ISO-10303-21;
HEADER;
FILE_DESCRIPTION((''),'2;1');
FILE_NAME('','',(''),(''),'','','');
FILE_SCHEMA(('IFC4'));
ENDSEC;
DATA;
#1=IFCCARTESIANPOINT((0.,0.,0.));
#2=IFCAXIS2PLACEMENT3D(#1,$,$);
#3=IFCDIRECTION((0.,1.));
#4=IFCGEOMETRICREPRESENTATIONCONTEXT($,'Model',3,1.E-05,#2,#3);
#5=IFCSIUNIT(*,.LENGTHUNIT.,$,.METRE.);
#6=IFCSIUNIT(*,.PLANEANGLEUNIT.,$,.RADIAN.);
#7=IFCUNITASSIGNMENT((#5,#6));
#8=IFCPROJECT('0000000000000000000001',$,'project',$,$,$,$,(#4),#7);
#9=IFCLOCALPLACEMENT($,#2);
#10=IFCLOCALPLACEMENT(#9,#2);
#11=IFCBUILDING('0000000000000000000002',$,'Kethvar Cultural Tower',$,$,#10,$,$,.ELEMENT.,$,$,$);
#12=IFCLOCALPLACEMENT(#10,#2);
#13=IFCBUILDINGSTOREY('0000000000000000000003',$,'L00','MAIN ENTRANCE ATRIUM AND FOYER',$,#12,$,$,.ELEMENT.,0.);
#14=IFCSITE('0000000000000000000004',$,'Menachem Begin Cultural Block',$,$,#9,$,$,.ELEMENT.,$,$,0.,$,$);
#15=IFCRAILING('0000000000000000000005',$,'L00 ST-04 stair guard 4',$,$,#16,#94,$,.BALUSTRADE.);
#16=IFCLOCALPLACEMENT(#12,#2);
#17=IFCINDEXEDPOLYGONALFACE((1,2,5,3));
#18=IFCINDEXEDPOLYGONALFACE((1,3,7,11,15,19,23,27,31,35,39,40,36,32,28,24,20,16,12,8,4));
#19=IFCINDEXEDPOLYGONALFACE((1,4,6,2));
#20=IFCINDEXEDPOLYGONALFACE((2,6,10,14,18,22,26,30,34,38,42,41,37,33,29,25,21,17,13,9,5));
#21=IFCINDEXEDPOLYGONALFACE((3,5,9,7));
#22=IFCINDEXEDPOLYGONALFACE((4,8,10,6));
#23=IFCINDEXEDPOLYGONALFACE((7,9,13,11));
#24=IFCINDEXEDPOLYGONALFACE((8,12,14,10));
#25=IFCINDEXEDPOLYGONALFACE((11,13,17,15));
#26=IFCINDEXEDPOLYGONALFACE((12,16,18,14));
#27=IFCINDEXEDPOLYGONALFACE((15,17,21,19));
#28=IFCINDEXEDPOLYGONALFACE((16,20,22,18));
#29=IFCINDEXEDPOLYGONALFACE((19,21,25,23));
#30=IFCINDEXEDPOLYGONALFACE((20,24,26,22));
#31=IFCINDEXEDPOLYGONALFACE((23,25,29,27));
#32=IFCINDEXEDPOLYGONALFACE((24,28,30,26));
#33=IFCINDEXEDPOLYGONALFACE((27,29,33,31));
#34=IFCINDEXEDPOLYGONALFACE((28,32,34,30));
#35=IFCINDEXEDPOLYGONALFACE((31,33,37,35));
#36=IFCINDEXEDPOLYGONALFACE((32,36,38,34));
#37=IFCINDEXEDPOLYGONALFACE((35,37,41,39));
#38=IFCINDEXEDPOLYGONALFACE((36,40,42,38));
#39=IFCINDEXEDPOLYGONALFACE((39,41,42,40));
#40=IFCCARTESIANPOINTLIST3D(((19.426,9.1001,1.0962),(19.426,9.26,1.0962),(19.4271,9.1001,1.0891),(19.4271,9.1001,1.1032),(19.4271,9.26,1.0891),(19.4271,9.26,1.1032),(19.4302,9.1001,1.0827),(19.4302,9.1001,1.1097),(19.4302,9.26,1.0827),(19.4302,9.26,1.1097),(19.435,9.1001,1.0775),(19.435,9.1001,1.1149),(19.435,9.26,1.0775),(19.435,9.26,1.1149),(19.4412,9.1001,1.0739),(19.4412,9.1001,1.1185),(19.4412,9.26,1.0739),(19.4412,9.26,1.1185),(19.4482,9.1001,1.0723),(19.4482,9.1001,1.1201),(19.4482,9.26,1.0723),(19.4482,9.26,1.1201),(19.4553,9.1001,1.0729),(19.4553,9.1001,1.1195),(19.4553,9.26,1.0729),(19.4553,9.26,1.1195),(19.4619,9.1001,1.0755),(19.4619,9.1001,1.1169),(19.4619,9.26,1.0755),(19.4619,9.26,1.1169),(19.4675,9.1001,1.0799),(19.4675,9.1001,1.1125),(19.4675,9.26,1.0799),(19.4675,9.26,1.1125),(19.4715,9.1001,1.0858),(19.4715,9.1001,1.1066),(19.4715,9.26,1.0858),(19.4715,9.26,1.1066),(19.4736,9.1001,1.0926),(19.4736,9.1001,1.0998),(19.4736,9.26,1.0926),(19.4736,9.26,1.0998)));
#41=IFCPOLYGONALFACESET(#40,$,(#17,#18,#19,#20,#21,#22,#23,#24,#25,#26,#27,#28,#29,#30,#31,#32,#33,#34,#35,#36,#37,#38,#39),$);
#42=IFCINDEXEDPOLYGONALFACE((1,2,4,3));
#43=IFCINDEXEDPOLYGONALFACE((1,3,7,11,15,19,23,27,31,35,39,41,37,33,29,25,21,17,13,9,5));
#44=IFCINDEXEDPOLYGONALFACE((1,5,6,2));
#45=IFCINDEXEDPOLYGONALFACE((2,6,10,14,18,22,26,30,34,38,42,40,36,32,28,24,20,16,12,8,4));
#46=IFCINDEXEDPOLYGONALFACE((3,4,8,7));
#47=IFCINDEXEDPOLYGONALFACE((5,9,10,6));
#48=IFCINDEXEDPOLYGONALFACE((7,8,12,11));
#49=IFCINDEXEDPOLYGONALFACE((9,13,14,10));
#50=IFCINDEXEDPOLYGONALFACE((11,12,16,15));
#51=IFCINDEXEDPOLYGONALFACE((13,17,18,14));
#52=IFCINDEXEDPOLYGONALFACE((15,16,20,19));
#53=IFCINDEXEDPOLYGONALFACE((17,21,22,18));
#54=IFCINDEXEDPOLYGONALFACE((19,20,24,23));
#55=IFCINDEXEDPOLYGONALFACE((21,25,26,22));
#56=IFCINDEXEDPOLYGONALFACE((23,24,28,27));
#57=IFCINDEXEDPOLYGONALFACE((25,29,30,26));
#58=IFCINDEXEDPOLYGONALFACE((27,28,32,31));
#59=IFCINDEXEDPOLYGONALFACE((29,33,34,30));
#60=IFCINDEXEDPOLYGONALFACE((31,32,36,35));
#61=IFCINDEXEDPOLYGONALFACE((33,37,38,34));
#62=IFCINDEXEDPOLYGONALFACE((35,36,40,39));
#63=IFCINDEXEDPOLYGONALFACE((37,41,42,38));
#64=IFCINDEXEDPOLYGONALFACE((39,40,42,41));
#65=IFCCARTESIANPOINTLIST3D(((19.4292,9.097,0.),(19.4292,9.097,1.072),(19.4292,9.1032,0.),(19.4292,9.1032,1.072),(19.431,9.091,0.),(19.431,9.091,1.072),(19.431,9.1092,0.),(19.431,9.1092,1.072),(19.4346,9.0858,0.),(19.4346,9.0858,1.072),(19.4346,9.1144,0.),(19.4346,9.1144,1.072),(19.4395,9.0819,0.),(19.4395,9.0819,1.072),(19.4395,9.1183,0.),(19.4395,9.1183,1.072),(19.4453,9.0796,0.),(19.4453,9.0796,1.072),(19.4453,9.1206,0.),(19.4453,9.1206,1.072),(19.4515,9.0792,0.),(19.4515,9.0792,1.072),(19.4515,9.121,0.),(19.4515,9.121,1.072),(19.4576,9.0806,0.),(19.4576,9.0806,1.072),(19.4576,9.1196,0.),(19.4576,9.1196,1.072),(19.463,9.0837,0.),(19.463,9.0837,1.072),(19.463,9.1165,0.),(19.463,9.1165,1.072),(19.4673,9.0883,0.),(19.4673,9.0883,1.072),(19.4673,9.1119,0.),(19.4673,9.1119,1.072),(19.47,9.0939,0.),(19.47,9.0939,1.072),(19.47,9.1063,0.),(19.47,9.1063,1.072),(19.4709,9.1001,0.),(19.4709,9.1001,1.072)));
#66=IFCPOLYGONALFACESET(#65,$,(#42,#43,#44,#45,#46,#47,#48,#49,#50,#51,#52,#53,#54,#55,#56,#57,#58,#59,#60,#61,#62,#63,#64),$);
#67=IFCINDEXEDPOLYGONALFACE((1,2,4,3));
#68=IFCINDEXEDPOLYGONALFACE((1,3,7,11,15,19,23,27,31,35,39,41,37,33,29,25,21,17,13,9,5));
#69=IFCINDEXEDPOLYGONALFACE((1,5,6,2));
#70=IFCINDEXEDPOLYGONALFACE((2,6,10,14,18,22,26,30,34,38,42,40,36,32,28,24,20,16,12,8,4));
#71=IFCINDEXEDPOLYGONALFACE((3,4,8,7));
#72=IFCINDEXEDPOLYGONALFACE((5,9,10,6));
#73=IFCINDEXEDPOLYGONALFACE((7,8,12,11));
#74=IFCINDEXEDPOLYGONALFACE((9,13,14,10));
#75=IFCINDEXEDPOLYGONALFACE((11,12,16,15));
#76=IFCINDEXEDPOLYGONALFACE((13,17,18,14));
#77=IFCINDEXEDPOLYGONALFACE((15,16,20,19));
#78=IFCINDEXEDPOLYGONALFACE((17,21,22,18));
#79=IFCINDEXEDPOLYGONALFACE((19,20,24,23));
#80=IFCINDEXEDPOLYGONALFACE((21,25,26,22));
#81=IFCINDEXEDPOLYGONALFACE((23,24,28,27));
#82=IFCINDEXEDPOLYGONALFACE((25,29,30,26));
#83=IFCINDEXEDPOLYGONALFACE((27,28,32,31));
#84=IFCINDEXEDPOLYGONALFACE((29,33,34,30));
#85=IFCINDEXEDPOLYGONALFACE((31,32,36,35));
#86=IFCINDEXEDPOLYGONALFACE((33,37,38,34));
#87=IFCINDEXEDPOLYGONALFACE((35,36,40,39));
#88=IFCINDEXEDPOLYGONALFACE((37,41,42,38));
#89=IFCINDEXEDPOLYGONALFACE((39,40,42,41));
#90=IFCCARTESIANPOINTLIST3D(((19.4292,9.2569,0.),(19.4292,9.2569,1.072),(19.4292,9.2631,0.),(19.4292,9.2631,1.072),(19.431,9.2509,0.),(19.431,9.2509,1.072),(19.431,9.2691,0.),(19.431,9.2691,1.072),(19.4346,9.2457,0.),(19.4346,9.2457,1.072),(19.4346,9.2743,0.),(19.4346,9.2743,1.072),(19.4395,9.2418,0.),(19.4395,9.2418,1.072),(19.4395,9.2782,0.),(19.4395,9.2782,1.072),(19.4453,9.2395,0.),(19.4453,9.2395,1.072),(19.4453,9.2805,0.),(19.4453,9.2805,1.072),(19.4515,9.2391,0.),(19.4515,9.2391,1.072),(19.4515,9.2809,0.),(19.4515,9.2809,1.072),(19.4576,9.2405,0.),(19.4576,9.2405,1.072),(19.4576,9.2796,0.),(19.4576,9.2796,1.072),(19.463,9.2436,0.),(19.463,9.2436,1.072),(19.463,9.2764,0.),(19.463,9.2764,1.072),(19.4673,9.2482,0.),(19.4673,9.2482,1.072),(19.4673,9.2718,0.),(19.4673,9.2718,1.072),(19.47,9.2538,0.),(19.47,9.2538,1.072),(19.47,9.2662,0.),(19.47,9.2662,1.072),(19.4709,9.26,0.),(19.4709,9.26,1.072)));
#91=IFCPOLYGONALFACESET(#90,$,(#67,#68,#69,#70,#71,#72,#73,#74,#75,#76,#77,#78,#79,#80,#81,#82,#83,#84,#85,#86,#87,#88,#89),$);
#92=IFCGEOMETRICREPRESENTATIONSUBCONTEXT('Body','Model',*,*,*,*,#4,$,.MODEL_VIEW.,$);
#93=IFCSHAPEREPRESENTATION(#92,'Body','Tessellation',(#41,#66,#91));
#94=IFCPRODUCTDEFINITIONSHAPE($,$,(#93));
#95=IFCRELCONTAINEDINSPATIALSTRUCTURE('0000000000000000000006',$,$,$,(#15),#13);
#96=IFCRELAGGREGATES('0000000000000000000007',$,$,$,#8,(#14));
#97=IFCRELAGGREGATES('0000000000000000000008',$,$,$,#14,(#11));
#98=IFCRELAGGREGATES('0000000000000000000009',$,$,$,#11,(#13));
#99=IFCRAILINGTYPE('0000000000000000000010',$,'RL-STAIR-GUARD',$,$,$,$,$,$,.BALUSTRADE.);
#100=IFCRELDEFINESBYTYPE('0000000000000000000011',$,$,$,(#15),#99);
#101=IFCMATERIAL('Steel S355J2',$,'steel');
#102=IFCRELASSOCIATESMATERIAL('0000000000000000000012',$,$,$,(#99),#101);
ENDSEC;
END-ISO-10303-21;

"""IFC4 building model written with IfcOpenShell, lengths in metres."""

from ifc_helpers import new_model, si_unit, direction, frame, origin, origin_2d, place, context, subcontext, project, spatial, circle, extrude, material, type_object, element, save


model = new_model("IFC4")

# Units and contexts
model_context = context("Model", 3, precision=1e-05, world=origin(), true_north=direction((0.0, 1.0)))
body_context = subcontext(model_context, "Body", "Model", "MODEL_VIEW")
ifc_project = project(units=[si_unit("LENGTHUNIT", "METRE"), si_unit("PLANEANGLEUNIT", "RADIAN")], contexts=[model_context])

# Site, building, storey
site_placement = place(None, origin())
site = spatial("IfcSite", under=ifc_project, at=site_placement, Name="Menachem Begin Cultural Block", CompositionType="ELEMENT", RefElevation=0.0)
building_placement = place(site_placement, origin())
building = spatial("IfcBuilding", under=site, at=building_placement, Name="Kethvar Cultural Tower", CompositionType="ELEMENT")
storey_placement = place(building_placement, origin())
storey = spatial("IfcBuildingStorey", under=building, at=storey_placement, Name="L00", Description="MAIN ENTRANCE ATRIUM AND FOYER", CompositionType="ELEMENT", Elevation=0.0)

# Shared definitions
ifc_material_1 = material(Name="Steel S355J2", Category="steel")

# Railing
railing_type_1 = type_object("IfcRailingType", Name="RL-STAIR-GUARD", PredefinedType="BALUSTRADE", material=ifc_material_1)
railing_1_placement = place(storey_placement, frame((19.45, 9.1001, 0.0)))
element("IfcRailing", 1, at=railing_1_placement, inside=storey, type_object=railing_type_1, Name="L00 ST-04 stair guard 4", PredefinedType="BALUSTRADE", context=body_context, shape_type="SweptSolid", body=[
    extrude(circle(Radius=0.0239, at=origin_2d()), frame((0.0, 0.0, 1.0962), z_axis=(0.0, 1.0, 0.0), x_axis=(-1.0, 0.0, 0.0)), (0.0, 0.0, 1.0), 0.1599),
    extrude(circle(Radius=0.021, at=origin_2d()), origin(), (0.0, 0.0, 1.0), 1.072),
    extrude(circle(Radius=0.021, at=origin_2d()), frame((0.0, 0.1599, 0.0)), (0.0, 0.0, 1.0), 1.072),
])

save(model, "model.ifc")
